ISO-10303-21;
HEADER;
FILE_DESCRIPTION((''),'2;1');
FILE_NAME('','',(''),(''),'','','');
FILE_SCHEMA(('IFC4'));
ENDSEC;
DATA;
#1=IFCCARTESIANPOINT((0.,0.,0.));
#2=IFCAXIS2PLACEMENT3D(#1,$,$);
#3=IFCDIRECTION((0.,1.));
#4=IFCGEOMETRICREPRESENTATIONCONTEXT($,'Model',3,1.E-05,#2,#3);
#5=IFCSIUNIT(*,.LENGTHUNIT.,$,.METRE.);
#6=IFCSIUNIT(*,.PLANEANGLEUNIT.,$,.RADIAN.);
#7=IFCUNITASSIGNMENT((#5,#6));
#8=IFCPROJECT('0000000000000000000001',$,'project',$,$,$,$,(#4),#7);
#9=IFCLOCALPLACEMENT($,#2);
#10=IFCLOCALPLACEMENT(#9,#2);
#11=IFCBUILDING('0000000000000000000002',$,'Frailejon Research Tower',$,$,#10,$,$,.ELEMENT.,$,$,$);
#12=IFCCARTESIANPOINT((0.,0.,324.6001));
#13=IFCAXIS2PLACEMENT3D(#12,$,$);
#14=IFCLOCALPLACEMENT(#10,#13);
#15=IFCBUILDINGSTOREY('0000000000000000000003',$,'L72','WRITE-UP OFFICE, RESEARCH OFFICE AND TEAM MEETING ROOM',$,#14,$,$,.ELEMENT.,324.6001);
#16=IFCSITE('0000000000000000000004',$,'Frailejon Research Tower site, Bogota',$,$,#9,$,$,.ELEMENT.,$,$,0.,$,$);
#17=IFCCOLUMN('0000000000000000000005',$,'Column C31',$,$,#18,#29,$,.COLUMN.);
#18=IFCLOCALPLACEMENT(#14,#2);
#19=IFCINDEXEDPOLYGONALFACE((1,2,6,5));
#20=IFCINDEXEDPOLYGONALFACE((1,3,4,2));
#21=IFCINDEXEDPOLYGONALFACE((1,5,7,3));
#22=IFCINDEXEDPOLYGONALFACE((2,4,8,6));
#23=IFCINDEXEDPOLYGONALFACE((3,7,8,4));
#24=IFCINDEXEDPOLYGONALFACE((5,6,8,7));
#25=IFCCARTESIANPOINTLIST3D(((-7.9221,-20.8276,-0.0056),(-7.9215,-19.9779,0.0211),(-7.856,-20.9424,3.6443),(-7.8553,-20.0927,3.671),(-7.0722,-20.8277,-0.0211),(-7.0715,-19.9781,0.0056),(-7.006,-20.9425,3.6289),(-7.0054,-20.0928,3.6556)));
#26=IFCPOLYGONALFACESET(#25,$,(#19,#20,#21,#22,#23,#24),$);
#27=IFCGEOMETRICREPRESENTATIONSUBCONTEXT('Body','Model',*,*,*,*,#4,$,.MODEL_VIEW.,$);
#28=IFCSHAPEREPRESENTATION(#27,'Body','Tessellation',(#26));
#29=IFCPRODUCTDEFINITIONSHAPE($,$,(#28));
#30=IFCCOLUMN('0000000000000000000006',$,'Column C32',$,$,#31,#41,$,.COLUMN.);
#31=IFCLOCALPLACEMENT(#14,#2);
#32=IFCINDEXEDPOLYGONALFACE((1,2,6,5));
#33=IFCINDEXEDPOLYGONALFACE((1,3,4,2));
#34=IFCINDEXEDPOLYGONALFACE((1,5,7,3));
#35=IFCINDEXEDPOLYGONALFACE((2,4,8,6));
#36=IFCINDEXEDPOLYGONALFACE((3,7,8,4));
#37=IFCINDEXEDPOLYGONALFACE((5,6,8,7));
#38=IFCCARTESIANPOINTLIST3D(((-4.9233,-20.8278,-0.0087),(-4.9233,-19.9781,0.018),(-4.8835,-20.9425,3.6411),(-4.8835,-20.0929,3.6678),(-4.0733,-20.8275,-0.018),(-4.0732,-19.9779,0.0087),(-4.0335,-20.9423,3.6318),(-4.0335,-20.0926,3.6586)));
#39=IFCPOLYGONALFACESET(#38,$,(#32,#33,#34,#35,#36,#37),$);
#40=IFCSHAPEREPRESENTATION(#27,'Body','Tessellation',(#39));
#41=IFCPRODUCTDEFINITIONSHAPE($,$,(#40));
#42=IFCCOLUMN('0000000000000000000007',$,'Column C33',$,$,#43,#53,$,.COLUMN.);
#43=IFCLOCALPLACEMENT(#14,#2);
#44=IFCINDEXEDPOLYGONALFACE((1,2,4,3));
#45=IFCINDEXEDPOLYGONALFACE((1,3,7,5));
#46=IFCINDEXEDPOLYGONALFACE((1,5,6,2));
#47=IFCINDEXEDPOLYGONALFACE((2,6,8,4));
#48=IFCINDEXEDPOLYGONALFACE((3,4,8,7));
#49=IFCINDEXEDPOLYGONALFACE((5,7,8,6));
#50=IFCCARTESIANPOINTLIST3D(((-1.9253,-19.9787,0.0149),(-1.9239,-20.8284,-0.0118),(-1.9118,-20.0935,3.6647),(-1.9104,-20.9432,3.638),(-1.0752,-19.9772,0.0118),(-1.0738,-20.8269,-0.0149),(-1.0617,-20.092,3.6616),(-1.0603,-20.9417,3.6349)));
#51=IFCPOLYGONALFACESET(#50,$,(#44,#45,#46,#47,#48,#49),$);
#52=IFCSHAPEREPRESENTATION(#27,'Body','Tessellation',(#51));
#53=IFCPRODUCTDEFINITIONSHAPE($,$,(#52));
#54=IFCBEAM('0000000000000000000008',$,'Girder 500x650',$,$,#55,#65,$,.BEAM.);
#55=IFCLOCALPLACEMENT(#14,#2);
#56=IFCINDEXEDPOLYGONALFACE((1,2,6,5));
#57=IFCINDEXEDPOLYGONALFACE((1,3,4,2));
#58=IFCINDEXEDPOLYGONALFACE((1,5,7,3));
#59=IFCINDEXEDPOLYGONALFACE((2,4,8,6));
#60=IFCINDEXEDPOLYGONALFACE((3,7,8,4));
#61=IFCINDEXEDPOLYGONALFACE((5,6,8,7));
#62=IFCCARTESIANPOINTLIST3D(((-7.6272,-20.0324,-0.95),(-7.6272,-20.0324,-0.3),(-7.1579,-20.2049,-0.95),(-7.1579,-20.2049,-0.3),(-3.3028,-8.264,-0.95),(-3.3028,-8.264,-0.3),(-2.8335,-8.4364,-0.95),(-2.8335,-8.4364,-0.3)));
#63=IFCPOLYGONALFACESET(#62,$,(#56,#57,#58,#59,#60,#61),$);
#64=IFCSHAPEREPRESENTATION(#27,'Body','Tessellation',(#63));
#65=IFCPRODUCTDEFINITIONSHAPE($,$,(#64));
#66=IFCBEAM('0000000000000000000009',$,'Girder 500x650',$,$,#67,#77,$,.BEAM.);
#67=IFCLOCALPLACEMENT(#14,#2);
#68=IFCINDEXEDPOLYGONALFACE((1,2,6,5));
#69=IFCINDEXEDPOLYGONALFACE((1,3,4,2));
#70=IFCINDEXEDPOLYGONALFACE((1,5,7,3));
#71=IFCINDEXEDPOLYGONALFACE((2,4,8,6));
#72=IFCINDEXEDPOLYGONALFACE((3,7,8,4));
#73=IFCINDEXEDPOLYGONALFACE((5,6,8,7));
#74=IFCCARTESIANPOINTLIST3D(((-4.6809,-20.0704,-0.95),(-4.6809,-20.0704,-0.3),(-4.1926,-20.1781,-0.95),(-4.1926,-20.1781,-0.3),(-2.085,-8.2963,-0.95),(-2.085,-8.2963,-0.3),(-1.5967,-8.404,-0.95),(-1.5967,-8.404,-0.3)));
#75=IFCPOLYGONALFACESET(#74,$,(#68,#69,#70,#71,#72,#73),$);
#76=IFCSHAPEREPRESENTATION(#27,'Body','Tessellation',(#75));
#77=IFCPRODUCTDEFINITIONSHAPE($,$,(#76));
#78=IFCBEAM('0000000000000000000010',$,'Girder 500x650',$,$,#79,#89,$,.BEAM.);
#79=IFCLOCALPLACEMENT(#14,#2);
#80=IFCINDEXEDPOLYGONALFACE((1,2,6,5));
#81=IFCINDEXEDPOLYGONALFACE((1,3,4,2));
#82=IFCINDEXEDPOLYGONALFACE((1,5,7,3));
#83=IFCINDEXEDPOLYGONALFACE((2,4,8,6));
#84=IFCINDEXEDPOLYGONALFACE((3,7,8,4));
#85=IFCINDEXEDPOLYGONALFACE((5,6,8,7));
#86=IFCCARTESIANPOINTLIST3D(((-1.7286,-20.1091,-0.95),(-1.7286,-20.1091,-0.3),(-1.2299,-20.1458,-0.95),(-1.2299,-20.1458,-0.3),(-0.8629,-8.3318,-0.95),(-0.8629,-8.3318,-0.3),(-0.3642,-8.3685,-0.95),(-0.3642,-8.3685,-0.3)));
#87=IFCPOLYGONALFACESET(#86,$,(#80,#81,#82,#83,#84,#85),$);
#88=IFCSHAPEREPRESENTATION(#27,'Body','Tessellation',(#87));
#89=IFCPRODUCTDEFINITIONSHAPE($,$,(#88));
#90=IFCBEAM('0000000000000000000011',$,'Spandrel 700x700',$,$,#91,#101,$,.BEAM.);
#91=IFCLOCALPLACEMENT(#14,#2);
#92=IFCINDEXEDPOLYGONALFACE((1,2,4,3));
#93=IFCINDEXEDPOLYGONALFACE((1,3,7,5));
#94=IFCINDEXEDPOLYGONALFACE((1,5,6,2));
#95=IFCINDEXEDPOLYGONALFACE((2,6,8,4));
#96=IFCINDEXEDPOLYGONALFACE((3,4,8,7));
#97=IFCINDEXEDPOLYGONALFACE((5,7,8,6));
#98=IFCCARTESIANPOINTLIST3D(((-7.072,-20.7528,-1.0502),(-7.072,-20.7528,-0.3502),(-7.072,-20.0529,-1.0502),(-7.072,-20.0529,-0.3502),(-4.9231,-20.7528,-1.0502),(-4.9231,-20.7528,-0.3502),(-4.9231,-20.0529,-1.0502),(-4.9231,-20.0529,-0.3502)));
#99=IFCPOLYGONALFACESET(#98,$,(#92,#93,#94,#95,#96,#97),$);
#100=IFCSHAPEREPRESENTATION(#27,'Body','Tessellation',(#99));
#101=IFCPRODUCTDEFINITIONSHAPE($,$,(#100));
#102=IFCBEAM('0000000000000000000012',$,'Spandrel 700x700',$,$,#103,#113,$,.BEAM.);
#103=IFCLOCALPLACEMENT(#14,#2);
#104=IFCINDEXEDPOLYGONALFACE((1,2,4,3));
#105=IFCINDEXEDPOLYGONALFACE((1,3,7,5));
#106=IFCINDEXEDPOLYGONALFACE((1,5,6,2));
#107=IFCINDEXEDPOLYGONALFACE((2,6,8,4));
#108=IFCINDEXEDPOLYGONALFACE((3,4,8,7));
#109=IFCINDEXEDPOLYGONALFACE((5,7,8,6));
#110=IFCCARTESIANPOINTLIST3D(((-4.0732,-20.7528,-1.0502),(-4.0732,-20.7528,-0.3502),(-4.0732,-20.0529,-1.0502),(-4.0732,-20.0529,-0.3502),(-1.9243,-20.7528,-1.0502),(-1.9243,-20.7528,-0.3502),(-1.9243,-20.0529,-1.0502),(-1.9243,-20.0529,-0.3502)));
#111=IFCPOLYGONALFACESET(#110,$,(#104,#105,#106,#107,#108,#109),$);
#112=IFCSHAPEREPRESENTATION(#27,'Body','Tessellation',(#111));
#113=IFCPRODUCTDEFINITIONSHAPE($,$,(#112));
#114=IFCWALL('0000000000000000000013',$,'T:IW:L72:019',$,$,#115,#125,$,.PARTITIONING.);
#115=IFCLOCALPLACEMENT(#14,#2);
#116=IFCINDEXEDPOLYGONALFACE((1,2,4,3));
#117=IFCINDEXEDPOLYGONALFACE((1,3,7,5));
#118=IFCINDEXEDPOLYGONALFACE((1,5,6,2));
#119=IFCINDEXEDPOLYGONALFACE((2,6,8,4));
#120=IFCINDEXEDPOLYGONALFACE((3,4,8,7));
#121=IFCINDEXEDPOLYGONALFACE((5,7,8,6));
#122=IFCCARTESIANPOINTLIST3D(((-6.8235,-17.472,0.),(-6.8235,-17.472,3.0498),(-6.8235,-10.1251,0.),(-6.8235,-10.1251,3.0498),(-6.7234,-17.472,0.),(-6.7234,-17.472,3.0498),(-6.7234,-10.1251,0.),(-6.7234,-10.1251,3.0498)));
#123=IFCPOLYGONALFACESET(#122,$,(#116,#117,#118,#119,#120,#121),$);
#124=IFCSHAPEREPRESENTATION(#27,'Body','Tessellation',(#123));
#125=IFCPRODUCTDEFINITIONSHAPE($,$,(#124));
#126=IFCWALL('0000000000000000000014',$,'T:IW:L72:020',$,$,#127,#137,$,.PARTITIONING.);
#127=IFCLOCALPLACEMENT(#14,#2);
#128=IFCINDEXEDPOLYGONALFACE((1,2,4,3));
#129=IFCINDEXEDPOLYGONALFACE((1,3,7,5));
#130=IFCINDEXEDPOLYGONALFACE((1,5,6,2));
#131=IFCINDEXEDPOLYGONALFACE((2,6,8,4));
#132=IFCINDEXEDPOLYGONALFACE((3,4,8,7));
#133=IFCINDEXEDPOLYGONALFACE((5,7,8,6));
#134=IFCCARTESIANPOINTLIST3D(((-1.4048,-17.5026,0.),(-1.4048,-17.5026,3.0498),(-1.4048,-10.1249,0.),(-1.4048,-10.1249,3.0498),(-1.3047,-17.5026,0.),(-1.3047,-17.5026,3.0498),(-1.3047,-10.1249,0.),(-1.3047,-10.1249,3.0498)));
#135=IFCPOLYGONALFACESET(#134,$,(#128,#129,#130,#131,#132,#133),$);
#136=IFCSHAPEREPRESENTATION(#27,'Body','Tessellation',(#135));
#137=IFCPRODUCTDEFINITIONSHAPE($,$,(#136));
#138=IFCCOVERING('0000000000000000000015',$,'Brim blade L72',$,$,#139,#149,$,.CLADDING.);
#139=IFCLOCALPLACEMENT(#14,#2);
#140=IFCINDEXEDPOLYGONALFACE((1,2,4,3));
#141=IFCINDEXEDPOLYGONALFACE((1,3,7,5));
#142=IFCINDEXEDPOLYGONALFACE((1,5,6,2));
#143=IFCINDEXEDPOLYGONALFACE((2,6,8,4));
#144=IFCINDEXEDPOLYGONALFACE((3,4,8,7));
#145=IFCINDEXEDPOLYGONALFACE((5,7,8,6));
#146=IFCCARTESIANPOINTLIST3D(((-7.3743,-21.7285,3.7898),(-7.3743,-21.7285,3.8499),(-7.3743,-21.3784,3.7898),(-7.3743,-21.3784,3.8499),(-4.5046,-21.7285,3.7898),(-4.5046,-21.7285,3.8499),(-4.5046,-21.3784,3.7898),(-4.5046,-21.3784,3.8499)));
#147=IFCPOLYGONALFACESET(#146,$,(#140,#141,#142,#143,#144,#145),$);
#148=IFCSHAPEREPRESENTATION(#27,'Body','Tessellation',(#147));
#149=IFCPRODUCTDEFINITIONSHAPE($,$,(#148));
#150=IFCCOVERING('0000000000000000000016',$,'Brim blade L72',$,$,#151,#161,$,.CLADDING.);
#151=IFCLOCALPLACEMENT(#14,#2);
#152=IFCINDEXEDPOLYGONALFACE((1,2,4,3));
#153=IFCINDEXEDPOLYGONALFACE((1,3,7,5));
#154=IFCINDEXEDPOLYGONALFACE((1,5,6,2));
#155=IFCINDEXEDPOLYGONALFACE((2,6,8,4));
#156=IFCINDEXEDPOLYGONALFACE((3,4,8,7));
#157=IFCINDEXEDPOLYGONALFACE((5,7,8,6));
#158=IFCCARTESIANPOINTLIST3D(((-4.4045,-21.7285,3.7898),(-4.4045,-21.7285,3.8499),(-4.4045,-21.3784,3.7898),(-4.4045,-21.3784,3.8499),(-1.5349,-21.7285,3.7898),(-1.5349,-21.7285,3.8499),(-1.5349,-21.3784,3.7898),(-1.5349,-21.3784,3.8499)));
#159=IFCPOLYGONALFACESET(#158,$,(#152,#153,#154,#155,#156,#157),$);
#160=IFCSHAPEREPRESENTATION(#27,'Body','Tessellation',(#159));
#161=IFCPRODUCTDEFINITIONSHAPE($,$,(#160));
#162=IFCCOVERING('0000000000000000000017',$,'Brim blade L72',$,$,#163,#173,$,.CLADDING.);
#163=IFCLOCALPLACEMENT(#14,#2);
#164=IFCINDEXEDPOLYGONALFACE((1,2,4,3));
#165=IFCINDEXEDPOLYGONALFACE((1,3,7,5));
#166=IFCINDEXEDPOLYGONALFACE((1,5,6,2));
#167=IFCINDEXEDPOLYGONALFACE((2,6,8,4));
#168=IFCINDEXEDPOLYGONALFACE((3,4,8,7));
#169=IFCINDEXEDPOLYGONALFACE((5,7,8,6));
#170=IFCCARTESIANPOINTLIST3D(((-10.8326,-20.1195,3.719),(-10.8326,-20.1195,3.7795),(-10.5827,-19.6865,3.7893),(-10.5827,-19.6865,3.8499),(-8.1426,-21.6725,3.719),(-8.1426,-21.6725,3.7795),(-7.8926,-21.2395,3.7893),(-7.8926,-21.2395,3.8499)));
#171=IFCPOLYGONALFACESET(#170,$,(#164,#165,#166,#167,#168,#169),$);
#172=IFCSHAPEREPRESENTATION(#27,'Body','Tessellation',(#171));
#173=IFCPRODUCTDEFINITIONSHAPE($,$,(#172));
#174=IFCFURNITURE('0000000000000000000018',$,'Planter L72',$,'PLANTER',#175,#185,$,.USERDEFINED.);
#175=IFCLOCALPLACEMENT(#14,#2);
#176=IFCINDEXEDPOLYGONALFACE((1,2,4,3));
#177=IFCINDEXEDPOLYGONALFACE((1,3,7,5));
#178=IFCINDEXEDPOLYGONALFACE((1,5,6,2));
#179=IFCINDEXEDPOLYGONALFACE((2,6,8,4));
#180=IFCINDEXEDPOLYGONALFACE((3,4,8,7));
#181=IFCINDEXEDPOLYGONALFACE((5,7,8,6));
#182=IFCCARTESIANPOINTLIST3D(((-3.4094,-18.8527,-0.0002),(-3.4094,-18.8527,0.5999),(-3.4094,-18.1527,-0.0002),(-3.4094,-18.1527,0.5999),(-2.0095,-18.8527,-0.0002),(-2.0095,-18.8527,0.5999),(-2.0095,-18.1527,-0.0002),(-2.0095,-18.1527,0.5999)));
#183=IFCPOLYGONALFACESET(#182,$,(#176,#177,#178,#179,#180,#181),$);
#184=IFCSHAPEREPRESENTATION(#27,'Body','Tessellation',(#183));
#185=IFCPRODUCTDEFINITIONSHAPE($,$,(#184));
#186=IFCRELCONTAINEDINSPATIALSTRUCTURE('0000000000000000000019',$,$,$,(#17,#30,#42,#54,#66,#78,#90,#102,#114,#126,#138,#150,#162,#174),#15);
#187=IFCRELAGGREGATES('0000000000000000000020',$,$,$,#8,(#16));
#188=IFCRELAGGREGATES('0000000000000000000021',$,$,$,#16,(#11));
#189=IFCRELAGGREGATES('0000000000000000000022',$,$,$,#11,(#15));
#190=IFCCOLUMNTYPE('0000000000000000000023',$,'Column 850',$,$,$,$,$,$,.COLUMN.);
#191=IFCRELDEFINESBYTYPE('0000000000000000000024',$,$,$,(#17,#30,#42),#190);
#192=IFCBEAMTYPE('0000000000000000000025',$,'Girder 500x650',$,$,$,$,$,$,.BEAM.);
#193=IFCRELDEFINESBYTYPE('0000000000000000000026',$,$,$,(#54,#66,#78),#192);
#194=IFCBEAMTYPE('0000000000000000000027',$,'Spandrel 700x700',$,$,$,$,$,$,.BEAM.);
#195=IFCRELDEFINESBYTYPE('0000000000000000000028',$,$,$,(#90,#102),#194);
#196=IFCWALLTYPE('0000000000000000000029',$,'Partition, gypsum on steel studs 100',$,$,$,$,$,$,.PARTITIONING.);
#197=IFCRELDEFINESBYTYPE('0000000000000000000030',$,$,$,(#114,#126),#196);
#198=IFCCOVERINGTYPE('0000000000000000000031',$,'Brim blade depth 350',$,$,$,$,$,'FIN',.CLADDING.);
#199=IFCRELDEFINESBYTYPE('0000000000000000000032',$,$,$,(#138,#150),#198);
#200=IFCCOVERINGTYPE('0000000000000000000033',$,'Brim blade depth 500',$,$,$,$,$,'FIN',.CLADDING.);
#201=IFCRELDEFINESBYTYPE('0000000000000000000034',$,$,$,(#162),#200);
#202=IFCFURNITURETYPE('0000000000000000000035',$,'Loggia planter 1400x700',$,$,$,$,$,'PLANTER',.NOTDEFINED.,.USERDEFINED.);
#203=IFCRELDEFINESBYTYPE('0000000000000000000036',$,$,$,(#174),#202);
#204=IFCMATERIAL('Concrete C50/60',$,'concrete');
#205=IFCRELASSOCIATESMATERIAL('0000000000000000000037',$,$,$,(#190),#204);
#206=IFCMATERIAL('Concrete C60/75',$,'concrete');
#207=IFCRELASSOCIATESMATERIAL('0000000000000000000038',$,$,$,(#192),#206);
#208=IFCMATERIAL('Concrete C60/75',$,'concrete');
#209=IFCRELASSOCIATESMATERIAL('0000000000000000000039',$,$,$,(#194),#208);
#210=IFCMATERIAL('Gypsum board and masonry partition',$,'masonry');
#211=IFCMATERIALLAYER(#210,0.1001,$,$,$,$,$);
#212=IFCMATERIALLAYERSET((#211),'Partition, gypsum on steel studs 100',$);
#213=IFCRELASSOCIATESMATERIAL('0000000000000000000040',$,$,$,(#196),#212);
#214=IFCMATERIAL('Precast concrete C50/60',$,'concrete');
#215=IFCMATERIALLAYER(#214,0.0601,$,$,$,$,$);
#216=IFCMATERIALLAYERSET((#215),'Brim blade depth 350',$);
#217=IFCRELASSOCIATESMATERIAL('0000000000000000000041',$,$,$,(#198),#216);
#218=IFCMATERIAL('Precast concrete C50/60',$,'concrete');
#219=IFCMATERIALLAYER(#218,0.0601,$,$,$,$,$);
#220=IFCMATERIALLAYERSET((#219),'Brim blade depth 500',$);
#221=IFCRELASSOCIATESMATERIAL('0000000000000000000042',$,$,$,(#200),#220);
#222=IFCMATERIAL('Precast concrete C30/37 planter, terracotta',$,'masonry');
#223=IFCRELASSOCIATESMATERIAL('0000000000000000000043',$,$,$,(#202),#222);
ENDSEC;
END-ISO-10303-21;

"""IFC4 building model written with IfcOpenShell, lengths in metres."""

from ifc_helpers import new_model, si_unit, direction, frame, frame_2d, origin, origin_2d, place, context, subcontext, project, spatial, polyline, rectangle, outline, extrude, material, layer, layer_set, material_profile, profile_set, type_object, element, save


model = new_model("IFC4")

# Units and contexts
model_context = context("Model", 3, precision=1e-05, world=origin(), true_north=direction((0.0, 1.0)))
body_context = subcontext(model_context, "Body", "Model", "MODEL_VIEW")
ifc_project = project(units=[si_unit("LENGTHUNIT", "METRE"), si_unit("PLANEANGLEUNIT", "RADIAN")], contexts=[model_context])

# Site, building, storey
site_placement = place(None, origin())
site = spatial("IfcSite", under=ifc_project, at=site_placement, Name="Frailejon Research Tower site, Bogota", CompositionType="ELEMENT", RefElevation=0.0)
building_placement = place(site_placement, origin())
building = spatial("IfcBuilding", under=site, at=building_placement, Name="Frailejon Research Tower", CompositionType="ELEMENT")
storey_placement = place(building_placement, frame((0.0, 0.0, 324.6001)))
storey = spatial("IfcBuildingStorey", under=building, at=storey_placement, Name="L72", Description="WRITE-UP OFFICE, RESEARCH OFFICE AND TEAM MEETING ROOM", CompositionType="ELEMENT", Elevation=324.6001)

# Columns
ifc_material_1 = material(Name="Concrete C50/60", Category="concrete")
ifc_material_profile_1 = material_profile(ifc_material_1, rectangle(XDim=0.8501, YDim=0.8501, at=origin_2d()), Name="Column 850")
ifc_profile_set_1 = profile_set([ifc_material_profile_1], Name="Concrete C50/60")
column_type = type_object("IfcColumnType", Name="Column 850", PredefinedType="COLUMN", material=ifc_profile_set_1)
column_1_placement = place(storey_placement, frame((-7.4968, -20.4028, 0.0), z_axis=(0.018115, -0.031417, 0.999342), x_axis=(0.999836, -0.000157, -0.018129)))
element("IfcColumn", 1, at=column_1_placement, inside=storey, type_object=column_type, Name="Column C31", PredefinedType="COLUMN", context=body_context, shape_type="SweptSolid", body=[
    extrude(rectangle(XDim=0.8501, YDim=0.8501, at=origin_2d()), origin(), (0.0, 0.0, 1.0), 3.6523),
])
column_2_placement = place(storey_placement, frame((-4.4983, -20.4028, 0.0), z_axis=(0.010897, -0.031421, 0.999447), x_axis=(0.999941, 0.000298, -0.010893)))
element("IfcColumn", 2, at=column_2_placement, inside=storey, type_object=column_type, Name="Column C32", PredefinedType="COLUMN", context=body_context, shape_type="SweptSolid", body=[
    extrude(rectangle(XDim=0.8501, YDim=0.8501, at=origin_2d()), origin(), (0.0, 0.0, 1.0), 3.6519),
])
column_3_placement = place(storey_placement, frame((-1.4995, -20.4028, 0.0), z_axis=(0.003677, -0.031422, 0.999499), x_axis=(0.999992, 0.001758, -0.003624)))
element("IfcColumn", 3, at=column_3_placement, inside=storey, type_object=column_type, Name="Column C33", PredefinedType="COLUMN", context=body_context, shape_type="SweptSolid", body=[
    extrude(rectangle(XDim=0.8501, YDim=0.8501, at=origin_2d()), origin(), (0.0, 0.0, 1.0), 3.6516),
])

# Beams
ifc_material_2 = material(Name="Concrete C60/75", Category="concrete")
ifc_material_profile_2 = material_profile(ifc_material_2, rectangle(XDim=0.5, YDim=0.6499, at=origin_2d()), Name="Girder 500x650")
ifc_profile_set_2 = profile_set([ifc_material_profile_2], Name="Concrete C60/75")
beam_type_1 = type_object("IfcBeamType", Name="Girder 500x650", PredefinedType="BEAM", material=ifc_profile_set_2)
beam_1_placement = place(storey_placement, frame((-7.3926, -20.1187, -0.625), z_axis=(0.34491, 0.938636, 0.0), x_axis=(-0.938636, 0.34491, 0.0)))
element("IfcBeam", 4, at=beam_1_placement, inside=storey, type_object=beam_type_1, Name="Girder 500x650", PredefinedType="BEAM", context=body_context, shape_type="SweptSolid", body=[
    extrude(rectangle(XDim=0.5, YDim=0.6499, at=origin_2d()), origin(), (0.0, 0.0, 1.0), 12.5378),
])
beam_2_placement = place(storey_placement, frame((-4.4368, -20.1243, -0.625), z_axis=(0.215307, 0.976546, 0.0), x_axis=(-0.976546, 0.215307, 0.0)))
element("IfcBeam", 5, at=beam_2_placement, inside=storey, type_object=beam_type_1, Name="Girder 500x650", PredefinedType="BEAM", context=body_context, shape_type="SweptSolid", body=[
    extrude(rectangle(XDim=0.5, YDim=0.6499, at=origin_2d()), origin(), (0.0, 0.0, 1.0), 12.0569),
])
beam_3_placement = place(storey_placement, frame((-1.4792, -20.1274, -0.625), z_axis=(0.07331, 0.997309, 0.0), x_axis=(-0.997309, 0.07331, 0.0)))
element("IfcBeam", 6, at=beam_3_placement, inside=storey, type_object=beam_type_1, Name="Girder 500x650", PredefinedType="BEAM", context=body_context, shape_type="SweptSolid", body=[
    extrude(rectangle(XDim=0.5, YDim=0.6499, at=origin_2d()), origin(), (0.0, 0.0, 1.0), 11.8091),
])
ifc_material_3 = material(Name="Concrete C60/75", Category="concrete")
ifc_material_profile_3 = material_profile(ifc_material_3, rectangle(XDim=0.7, YDim=0.7, at=origin_2d()), Name="Spandrel 700x700")
ifc_profile_set_3 = profile_set([ifc_material_profile_3], Name="Concrete C60/75")
beam_type_2 = type_object("IfcBeamType", Name="Spandrel 700x700", PredefinedType="BEAM", material=ifc_profile_set_3)
for number, where, z_axis, x_axis, name in (
    (7, (-7.072, -20.4028, -0.7002), (1.0, 0.0, 0.0), (0.0, 1.0, 0.0), "Spandrel 700x700"),
    (8, (-4.0732, -20.4028, -0.7002), (1.0, 0.0, 0.0), (0.0, 1.0, 0.0), "Spandrel 700x700"),
):
    element("IfcBeam", number, at=place(storey_placement, frame(where, z_axis=z_axis, x_axis=x_axis)), inside=storey, type_object=beam_type_2, Name=name, PredefinedType="BEAM", context=body_context, shape_type="SweptSolid", body=[
        extrude(rectangle(XDim=0.7, YDim=0.7, at=origin_2d()), origin(), (0.0, 0.0, 1.0), 2.1489),
    ])

# Walls
ifc_material_4 = material(Name="Gypsum board and masonry partition", Category="masonry")
ifc_layer_1 = layer(ifc_material_4, 0.1001)
ifc_layer_set_1 = layer_set([ifc_layer_1], Name="Partition, gypsum on steel studs 100")
wall_type_1 = type_object("IfcWallType", Name="Partition, gypsum on steel studs 100", PredefinedType="PARTITIONING", material=ifc_layer_set_1)
wall_1_placement = place(storey_placement, frame((-6.7734, -17.4719, 0.0), z_axis=(0.0, 0.0, 1.0), x_axis=(0.0, 1.0, 0.0)))
element("IfcWall", 9, at=wall_1_placement, inside=storey, type_object=wall_type_1, Name="T:IW:L72:019", PredefinedType="PARTITIONING", context=body_context, shape_type="SweptSolid", body=[
    extrude(rectangle(XDim=7.3469, YDim=0.1001, at=frame_2d((3.6733, 0.0))), origin(), (0.0, 0.0, 1.0), 3.0498),
])
wall_2_placement = place(storey_placement, frame((-1.3547, -17.5027, 0.0), z_axis=(0.0, 0.0, 1.0), x_axis=(0.0, 1.0, 0.0)))
element("IfcWall", 10, at=wall_2_placement, inside=storey, type_object=wall_type_1, Name="T:IW:L72:020", PredefinedType="PARTITIONING", context=body_context, shape_type="SweptSolid", body=[
    extrude(rectangle(XDim=7.3777, YDim=0.1001, at=frame_2d((3.689, 0.0))), origin(), (0.0, 0.0, 1.0), 3.0498),
])

# Coverings
ifc_material_5 = material(Name="Precast concrete C50/60", Category="concrete")
ifc_layer_2 = layer(ifc_material_5, 0.0601)
ifc_layer_set_2 = layer_set([ifc_layer_2], Name="Brim blade depth 350")
covering_type_1 = type_object("IfcCoveringType", Name="Brim blade depth 350", ElementType="FIN", PredefinedType="CLADDING", material=ifc_layer_set_2)
for number, where, z_axis, x_axis, name in (
    (11, (-4.5046, -21.3784, 3.8499), (-1.0, 0.0, 0.0), (0.0, -1.0, 0.0), "Brim blade L72"),
    (12, (-1.5349, -21.3784, 3.8499), (-1.0, 0.0, 0.0), (0.0, -1.0, 0.0), "Brim blade L72"),
):
    element("IfcCovering", number, at=place(storey_placement, frame(where, z_axis=z_axis, x_axis=x_axis)), inside=storey, type_object=covering_type_1, Name=name, PredefinedType="CLADDING", context=body_context, shape_type="SweptSolid", body=[
        extrude(outline(polyline([(0.0, -0.0601), (0.3501, -0.0601), (0.3501, 0.0), (0.0, 0.0), (0.0, -0.0601)])), origin(), (0.0, 0.0, 1.0), 2.8696),
    ])
ifc_material_6 = material(Name="Precast concrete C50/60", Category="concrete")
ifc_layer_3 = layer(ifc_material_6, 0.0601)
ifc_layer_set_3 = layer_set([ifc_layer_3], Name="Brim blade depth 500")
covering_type_2 = type_object("IfcCoveringType", Name="Brim blade depth 500", ElementType="FIN", PredefinedType="CLADDING", material=ifc_layer_set_3)
covering_placement = place(storey_placement, frame((-7.8926, -21.2395, 3.8499), z_axis=(-0.866035, 0.499983, 0.0), x_axis=(-0.499983, -0.866035, 0.0)))
element("IfcCovering", 13, at=covering_placement, inside=storey, type_object=covering_type_2, Name="Brim blade L72", PredefinedType="CLADDING", context=body_context, shape_type="SweptSolid", body=[
    extrude(outline(polyline([(0.0, -0.0605), (0.5, -0.1309), (0.5, -0.0703), (0.0, 0.0), (0.0, -0.0605)])), origin(), (0.0, 0.0, 1.0), 3.1062),
])

# Furniture
ifc_material_7 = material(Name="Precast concrete C30/37 planter, terracotta", Category="masonry")
furniture_type = type_object("IfcFurnitureType", Name="Loggia planter 1400x700", ElementType="PLANTER", AssemblyPlace="NOTDEFINED", PredefinedType="USERDEFINED", material=ifc_material_7)
furniture_placement = place(storey_placement, frame((-2.7095, -18.5027, -0.0002), z_axis=(0.0, 0.0, 1.0), x_axis=(1.0, 0.0, 0.0)))
element("IfcFurniture", 14, at=furniture_placement, inside=storey, type_object=furniture_type, Name="Planter L72", ObjectType="PLANTER", PredefinedType="USERDEFINED", context=body_context, shape_type="SweptSolid", body=[
    extrude(rectangle(XDim=1.3999, YDim=0.7, at=origin_2d()), origin(), (0.0, 0.0, 1.0), 0.6001),
])

save(model, "model.ifc")
